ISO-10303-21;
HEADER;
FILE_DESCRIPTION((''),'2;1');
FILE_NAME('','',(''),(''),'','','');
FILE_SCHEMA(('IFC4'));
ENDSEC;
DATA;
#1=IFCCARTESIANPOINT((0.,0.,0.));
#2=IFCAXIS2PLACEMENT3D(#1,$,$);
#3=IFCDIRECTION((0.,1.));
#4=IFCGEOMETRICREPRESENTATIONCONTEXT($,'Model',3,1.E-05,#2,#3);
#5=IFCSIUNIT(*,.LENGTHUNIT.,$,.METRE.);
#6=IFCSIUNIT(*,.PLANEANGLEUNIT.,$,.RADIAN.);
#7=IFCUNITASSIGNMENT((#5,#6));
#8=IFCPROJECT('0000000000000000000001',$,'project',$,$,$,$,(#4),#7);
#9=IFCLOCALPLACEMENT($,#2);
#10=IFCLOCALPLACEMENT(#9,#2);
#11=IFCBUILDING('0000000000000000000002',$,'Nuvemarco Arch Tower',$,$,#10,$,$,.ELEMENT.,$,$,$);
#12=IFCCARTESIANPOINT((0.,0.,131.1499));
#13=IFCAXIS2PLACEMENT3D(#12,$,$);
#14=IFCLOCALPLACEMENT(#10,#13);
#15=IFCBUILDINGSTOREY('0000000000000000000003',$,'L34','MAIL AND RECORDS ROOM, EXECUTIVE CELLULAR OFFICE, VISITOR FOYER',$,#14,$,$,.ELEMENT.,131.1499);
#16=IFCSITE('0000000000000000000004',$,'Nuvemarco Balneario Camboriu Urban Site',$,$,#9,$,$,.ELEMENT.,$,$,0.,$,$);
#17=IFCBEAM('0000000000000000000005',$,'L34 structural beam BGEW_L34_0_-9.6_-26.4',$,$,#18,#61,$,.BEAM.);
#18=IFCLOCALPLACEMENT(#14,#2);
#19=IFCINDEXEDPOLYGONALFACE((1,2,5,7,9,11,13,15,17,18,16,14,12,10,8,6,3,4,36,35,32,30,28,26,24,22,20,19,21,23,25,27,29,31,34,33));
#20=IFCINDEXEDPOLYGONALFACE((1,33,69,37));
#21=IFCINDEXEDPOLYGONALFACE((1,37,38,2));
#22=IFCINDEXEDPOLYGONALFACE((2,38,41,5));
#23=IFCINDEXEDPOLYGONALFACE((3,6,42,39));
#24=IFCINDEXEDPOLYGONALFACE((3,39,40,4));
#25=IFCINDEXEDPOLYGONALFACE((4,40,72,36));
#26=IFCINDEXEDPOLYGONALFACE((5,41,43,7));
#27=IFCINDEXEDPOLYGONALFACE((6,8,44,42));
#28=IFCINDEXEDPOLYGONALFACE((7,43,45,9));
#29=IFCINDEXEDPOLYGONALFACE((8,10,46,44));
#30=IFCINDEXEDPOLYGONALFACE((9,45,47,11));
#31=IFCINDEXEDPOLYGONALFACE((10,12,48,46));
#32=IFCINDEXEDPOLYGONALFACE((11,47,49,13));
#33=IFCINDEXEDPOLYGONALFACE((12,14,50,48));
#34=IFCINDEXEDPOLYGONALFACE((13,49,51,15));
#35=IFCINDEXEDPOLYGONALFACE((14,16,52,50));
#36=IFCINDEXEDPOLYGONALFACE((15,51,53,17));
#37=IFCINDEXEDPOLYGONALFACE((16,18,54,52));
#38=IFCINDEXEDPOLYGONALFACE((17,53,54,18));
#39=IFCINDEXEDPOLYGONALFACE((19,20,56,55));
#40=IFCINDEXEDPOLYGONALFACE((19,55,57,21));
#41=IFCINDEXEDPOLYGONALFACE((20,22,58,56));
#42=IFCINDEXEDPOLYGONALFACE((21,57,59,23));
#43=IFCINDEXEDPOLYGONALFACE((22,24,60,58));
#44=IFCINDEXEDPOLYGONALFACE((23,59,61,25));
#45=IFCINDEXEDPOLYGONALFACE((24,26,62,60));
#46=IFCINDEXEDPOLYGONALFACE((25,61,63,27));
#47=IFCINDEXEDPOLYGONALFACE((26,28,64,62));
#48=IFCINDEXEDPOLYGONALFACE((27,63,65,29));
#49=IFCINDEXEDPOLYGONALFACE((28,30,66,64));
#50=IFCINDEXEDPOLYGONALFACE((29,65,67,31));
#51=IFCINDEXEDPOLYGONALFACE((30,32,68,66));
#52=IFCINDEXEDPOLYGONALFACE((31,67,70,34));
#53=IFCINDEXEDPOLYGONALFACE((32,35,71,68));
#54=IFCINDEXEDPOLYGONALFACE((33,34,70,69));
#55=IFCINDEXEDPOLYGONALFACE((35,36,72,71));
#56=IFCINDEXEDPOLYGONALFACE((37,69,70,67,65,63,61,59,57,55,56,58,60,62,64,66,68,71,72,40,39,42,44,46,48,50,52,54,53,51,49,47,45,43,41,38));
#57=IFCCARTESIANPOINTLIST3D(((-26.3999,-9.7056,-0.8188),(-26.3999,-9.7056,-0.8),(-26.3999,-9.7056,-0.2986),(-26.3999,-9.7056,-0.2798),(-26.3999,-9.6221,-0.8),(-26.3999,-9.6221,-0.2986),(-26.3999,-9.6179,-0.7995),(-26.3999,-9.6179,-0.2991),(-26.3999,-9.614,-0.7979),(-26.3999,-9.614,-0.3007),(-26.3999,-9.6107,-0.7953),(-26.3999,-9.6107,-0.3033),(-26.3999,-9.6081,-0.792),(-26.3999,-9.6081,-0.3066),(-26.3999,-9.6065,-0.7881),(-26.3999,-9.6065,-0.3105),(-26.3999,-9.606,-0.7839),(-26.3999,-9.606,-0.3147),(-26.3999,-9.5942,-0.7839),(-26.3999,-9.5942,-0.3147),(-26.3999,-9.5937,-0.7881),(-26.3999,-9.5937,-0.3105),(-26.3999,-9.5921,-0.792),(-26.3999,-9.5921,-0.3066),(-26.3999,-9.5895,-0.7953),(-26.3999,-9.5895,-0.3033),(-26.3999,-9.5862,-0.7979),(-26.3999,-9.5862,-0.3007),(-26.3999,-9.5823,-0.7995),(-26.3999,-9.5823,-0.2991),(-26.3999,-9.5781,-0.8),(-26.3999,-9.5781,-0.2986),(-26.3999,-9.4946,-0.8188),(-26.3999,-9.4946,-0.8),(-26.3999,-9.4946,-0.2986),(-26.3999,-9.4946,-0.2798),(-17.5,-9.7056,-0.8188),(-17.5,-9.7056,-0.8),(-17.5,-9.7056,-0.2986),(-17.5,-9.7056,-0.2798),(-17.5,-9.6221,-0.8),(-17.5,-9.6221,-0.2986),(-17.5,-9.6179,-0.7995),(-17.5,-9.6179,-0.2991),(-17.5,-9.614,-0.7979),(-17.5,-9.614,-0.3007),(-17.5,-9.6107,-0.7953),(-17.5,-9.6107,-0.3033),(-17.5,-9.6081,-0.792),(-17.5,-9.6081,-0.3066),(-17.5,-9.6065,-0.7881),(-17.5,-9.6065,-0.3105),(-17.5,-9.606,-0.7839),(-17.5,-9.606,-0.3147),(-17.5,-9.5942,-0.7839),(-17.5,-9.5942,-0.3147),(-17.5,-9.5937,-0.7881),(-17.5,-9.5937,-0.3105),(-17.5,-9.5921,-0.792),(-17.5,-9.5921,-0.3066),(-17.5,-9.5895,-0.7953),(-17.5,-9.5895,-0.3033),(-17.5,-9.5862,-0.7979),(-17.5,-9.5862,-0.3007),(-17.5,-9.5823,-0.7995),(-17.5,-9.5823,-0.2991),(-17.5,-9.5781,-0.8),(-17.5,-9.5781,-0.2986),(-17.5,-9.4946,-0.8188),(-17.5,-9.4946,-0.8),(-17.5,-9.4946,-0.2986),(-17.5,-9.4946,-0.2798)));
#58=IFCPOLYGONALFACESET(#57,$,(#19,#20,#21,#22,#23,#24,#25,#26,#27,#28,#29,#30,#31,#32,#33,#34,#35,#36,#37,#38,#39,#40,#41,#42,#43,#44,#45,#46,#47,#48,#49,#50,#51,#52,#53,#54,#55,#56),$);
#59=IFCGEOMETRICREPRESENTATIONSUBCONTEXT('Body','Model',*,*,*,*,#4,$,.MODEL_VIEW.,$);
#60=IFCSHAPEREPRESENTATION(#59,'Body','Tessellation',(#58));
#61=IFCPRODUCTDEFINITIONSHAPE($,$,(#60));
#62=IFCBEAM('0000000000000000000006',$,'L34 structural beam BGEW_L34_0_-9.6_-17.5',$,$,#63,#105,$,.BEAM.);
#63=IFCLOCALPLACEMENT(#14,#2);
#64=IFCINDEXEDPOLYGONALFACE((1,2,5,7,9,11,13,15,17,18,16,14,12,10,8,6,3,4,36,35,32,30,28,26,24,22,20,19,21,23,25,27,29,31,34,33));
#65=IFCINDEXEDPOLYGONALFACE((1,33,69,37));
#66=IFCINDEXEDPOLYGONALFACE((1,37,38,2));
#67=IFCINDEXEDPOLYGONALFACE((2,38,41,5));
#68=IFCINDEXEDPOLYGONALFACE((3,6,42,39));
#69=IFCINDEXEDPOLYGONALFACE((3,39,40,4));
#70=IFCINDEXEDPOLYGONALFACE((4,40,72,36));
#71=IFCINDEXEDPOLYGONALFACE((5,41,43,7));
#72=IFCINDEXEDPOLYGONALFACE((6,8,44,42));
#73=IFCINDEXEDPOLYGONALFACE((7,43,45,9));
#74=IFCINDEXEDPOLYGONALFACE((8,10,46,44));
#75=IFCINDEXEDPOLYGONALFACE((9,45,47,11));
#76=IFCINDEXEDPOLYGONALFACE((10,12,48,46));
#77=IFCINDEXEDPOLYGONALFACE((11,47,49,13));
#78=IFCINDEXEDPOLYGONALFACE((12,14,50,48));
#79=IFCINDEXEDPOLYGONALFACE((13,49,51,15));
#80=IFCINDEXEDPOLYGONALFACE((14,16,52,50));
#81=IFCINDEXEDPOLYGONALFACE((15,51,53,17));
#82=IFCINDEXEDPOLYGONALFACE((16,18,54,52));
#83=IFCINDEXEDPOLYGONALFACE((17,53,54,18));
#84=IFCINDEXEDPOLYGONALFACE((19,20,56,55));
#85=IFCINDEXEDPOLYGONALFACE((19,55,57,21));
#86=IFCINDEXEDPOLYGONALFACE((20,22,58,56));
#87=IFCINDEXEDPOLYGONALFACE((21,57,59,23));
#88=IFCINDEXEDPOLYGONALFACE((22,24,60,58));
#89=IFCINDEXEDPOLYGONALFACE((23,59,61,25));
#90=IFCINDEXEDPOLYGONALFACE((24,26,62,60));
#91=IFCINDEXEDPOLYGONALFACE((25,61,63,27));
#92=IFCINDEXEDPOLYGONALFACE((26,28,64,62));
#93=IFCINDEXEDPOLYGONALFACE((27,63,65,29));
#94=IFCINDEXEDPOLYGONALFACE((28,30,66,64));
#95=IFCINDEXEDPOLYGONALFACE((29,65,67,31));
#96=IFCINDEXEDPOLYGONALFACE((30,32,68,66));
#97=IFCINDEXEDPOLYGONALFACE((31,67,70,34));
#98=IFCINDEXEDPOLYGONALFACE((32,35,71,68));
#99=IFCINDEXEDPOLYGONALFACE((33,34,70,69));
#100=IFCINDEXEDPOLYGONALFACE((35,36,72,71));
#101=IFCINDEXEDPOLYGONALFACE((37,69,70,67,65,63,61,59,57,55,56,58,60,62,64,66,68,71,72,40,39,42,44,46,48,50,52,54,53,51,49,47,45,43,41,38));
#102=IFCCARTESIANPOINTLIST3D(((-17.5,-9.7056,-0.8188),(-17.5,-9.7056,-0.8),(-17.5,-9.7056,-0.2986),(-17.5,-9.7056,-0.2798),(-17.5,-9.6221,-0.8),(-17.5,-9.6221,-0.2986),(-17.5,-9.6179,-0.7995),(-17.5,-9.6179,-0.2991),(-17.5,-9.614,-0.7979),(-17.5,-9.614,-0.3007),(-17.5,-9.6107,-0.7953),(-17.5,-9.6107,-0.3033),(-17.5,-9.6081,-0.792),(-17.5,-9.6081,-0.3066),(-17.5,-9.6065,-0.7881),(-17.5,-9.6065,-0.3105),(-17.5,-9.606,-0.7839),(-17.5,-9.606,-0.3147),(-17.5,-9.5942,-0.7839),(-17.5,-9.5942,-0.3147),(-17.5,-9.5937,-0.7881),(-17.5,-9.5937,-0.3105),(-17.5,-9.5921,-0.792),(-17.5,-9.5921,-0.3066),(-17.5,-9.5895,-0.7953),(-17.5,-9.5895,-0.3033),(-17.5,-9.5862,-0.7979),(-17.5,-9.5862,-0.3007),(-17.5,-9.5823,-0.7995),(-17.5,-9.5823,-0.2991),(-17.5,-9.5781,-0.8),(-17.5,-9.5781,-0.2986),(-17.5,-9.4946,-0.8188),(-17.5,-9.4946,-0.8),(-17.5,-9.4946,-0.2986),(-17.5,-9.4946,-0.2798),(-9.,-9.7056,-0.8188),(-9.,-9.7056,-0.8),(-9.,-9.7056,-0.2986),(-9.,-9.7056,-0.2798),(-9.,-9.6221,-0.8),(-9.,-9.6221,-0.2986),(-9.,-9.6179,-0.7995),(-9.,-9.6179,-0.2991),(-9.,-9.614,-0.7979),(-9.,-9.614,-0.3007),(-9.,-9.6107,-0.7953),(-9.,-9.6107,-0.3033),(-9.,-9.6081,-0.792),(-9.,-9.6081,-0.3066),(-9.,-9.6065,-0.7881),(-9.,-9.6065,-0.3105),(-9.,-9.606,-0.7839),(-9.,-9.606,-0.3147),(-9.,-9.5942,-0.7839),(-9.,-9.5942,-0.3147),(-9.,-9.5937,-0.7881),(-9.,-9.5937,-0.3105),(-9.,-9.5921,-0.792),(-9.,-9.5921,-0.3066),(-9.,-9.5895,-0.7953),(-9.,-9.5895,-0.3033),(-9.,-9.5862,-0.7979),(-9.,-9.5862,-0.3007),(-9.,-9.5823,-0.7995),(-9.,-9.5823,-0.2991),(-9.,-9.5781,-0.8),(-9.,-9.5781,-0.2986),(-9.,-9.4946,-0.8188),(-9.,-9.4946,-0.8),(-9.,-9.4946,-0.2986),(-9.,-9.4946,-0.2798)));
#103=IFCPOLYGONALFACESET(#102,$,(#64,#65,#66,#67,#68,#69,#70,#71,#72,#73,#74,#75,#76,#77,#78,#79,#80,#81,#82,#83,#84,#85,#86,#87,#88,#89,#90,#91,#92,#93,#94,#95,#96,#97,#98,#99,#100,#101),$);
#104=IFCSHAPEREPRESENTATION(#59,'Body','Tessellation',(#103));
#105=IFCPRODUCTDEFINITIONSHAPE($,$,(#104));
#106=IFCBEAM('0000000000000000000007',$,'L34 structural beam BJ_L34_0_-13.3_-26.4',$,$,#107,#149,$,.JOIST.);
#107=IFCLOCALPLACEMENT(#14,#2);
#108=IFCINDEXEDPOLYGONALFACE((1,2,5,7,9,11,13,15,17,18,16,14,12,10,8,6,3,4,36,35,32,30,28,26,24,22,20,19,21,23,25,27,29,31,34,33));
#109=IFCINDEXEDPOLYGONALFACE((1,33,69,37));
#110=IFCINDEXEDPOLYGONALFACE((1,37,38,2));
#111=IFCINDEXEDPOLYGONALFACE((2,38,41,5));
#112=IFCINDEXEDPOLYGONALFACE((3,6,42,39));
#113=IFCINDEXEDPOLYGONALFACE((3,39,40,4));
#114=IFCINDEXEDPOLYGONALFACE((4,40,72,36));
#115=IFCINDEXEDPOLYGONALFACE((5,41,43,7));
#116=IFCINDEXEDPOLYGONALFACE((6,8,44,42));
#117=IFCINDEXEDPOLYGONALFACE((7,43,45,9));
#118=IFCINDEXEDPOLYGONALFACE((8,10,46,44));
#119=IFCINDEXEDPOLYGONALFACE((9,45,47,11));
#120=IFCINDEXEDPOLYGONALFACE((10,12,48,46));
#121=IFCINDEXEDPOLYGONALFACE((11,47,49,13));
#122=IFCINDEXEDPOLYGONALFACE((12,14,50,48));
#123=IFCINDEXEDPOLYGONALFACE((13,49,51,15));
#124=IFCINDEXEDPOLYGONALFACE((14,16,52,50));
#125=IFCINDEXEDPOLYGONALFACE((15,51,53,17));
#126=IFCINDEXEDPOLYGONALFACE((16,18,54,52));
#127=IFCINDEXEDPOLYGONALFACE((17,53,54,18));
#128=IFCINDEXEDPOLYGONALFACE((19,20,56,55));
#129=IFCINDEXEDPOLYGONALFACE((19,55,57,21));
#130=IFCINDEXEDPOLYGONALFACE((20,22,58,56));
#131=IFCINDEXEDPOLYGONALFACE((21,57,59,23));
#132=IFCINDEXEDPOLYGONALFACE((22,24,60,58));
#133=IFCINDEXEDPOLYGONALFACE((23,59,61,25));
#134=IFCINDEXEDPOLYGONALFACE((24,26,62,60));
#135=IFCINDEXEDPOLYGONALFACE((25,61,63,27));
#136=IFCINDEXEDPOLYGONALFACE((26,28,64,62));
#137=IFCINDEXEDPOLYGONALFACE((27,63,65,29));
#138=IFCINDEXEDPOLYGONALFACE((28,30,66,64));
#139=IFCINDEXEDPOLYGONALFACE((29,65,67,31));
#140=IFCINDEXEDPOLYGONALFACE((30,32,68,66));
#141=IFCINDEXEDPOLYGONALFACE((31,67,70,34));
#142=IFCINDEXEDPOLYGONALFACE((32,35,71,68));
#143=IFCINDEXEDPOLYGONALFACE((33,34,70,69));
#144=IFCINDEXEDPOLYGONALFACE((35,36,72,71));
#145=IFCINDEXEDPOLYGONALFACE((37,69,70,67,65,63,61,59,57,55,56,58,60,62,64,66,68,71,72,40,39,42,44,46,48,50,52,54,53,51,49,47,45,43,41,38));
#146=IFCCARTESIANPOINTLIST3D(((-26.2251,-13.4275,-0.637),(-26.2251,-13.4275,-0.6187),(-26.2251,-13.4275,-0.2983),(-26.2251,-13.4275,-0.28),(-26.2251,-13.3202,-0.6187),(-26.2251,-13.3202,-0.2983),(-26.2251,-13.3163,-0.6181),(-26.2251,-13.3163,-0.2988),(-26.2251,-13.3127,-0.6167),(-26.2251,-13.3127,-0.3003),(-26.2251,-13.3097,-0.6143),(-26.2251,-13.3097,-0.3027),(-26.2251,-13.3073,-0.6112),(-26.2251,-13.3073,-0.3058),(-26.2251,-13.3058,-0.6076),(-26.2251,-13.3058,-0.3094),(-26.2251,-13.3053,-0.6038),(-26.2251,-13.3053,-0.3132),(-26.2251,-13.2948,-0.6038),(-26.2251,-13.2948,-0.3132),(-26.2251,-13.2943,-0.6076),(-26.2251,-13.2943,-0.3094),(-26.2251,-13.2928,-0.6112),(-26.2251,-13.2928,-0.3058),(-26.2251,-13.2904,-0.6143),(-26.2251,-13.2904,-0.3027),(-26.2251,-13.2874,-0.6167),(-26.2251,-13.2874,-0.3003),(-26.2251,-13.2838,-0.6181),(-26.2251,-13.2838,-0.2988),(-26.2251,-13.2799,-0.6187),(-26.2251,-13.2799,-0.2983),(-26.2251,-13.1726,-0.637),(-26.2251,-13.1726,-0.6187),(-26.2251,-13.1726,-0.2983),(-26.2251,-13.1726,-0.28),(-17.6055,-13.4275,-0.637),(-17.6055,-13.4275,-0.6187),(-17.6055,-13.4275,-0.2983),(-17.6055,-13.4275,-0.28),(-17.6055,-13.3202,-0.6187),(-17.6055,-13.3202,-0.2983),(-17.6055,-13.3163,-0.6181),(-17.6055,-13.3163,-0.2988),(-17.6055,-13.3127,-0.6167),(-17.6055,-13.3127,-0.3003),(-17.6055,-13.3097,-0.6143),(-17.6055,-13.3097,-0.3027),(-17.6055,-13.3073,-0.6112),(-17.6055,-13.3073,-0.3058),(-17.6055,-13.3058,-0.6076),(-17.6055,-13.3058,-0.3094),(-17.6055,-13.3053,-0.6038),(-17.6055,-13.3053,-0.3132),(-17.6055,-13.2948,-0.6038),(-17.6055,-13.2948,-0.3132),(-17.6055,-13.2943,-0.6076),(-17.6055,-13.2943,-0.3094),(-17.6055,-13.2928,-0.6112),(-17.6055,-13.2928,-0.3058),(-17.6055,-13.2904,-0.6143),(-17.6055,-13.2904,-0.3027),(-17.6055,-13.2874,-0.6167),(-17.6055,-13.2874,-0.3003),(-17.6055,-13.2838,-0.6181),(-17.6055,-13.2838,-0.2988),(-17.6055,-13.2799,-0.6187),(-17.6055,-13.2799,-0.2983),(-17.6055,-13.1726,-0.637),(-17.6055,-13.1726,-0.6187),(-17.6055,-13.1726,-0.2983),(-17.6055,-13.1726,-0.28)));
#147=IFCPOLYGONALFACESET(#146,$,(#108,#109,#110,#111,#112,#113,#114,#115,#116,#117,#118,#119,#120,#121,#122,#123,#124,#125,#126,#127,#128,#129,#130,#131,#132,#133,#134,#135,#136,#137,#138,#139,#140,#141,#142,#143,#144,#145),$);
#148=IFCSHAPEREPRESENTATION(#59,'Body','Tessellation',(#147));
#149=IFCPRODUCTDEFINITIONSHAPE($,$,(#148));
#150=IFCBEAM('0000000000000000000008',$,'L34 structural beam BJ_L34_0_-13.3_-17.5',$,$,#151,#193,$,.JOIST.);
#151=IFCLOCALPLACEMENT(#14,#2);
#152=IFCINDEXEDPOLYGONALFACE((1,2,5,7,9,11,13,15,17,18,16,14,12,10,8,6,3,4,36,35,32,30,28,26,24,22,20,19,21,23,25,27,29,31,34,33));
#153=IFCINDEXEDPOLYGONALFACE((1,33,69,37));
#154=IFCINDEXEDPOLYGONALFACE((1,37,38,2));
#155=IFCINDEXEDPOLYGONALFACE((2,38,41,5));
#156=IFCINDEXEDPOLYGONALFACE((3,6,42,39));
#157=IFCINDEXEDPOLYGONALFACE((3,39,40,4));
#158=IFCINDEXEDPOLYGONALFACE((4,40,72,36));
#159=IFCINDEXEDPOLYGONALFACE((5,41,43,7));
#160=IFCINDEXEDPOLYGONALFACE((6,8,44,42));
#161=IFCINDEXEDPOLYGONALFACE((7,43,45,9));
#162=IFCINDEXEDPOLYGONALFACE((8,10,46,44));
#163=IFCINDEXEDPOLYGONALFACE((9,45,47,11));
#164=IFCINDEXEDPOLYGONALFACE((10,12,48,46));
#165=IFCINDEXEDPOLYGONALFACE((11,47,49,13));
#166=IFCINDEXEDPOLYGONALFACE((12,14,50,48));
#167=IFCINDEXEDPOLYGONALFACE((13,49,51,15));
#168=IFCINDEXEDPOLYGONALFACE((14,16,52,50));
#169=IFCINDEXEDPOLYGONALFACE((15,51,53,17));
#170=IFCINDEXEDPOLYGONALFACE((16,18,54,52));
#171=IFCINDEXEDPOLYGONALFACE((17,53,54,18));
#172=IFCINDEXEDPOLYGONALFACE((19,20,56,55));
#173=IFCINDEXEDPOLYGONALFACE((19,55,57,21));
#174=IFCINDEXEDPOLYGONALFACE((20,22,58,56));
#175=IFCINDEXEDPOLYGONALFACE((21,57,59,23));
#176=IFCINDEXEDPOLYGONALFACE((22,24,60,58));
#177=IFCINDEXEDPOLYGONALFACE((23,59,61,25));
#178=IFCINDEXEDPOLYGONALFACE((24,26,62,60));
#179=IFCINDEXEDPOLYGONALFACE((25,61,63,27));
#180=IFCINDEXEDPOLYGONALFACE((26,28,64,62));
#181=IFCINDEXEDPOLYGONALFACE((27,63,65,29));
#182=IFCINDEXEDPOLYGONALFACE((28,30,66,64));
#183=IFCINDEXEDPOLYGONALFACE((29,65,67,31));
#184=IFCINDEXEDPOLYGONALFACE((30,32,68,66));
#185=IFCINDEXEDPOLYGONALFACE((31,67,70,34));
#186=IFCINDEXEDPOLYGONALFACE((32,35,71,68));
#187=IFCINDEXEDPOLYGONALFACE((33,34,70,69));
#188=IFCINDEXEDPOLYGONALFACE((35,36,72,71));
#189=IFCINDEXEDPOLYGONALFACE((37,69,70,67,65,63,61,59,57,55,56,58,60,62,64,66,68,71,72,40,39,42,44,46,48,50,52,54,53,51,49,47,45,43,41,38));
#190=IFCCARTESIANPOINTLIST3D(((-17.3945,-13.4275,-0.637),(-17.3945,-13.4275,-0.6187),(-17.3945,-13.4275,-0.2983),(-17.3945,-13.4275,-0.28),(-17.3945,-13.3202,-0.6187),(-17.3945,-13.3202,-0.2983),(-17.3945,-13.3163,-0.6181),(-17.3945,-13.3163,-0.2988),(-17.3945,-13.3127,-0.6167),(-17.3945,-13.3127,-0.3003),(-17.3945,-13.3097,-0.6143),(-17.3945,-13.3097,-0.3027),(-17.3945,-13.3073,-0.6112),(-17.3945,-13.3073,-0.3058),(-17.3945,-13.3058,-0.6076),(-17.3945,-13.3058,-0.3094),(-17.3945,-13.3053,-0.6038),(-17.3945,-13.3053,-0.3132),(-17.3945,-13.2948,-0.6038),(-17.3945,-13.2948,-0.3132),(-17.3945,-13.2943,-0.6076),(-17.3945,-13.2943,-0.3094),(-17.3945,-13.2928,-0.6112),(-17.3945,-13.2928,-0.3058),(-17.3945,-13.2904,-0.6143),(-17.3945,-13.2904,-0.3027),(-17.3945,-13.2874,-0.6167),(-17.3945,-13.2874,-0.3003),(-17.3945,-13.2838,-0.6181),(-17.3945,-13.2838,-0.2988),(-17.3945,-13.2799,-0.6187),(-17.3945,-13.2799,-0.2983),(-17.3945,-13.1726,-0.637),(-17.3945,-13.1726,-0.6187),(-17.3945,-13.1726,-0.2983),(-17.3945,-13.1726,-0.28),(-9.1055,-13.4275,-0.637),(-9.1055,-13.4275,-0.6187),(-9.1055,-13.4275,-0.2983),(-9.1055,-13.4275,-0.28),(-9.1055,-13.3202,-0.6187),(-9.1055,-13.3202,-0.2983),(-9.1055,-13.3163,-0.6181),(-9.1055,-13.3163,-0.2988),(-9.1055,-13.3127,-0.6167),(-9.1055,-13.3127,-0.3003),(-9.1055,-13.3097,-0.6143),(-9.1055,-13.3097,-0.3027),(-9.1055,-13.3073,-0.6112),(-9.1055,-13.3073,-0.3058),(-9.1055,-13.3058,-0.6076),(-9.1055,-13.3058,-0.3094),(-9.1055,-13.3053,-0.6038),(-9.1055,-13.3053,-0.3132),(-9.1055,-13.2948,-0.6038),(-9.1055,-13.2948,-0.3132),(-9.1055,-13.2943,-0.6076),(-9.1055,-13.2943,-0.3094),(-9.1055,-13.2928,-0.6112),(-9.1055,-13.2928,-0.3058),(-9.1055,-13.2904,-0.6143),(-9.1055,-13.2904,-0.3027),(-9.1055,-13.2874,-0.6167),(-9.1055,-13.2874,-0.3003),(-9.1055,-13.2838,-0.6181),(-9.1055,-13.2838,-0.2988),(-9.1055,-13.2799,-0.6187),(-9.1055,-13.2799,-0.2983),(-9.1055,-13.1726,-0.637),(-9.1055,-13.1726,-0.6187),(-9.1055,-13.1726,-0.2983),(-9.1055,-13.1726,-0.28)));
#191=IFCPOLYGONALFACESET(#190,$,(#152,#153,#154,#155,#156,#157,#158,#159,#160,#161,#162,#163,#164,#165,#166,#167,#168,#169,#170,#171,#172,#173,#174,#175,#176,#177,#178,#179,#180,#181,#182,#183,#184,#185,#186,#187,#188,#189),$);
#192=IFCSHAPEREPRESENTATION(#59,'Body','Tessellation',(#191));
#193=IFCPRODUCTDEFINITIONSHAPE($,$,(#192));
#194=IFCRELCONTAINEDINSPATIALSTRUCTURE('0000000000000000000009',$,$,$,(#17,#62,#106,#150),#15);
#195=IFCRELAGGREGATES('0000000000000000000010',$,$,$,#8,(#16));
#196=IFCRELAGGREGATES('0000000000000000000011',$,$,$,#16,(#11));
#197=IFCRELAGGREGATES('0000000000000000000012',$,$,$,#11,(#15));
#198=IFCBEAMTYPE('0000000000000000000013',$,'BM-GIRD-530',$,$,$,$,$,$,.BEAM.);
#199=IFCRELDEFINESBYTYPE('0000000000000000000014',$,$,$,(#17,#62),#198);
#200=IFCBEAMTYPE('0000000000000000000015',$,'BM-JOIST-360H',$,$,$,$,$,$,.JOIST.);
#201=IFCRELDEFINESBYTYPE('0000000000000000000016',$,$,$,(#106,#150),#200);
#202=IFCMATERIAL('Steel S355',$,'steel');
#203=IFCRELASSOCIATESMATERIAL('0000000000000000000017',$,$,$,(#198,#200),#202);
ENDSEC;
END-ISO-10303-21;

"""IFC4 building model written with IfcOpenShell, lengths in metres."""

from ifc_helpers import new_model, si_unit, direction, frame, origin, origin_2d, place, context, subcontext, project, spatial, i_section, extrude, material, material_profile, profile_set, type_object, element, save


model = new_model("IFC4")

# Units and contexts
model_context = context("Model", 3, precision=1e-05, world=origin(), true_north=direction((0.0, 1.0)))
body_context = subcontext(model_context, "Body", "Model", "MODEL_VIEW")
ifc_project = project(units=[si_unit("LENGTHUNIT", "METRE"), si_unit("PLANEANGLEUNIT", "RADIAN")], contexts=[model_context])

# Site, building, storey
site_placement = place(None, origin())
site = spatial("IfcSite", under=ifc_project, at=site_placement, Name="Nuvemarco Balneario Camboriu Urban Site", CompositionType="ELEMENT", RefElevation=0.0)
building_placement = place(site_placement, origin())
building = spatial("IfcBuilding", under=site, at=building_placement, Name="Nuvemarco Arch Tower", CompositionType="ELEMENT")
storey_placement = place(building_placement, frame((0.0, 0.0, 131.1499)))
storey = spatial("IfcBuildingStorey", under=building, at=storey_placement, Name="L34", Description="MAIL AND RECORDS ROOM, EXECUTIVE CELLULAR OFFICE, VISITOR FOYER", CompositionType="ELEMENT", Elevation=131.1499)

# Shared definitions
ifc_material_1 = material(Name="Steel S355", Category="steel")

# Beams
ifc_material_profile_1 = material_profile(ifc_material_1, i_section(OverallWidth=0.2109, OverallDepth=0.5391, WebThickness=0.0117, FlangeThickness=0.0188, FilletRadius=0.0161, at=origin_2d()), Name="W530x109")
ifc_profile_set_1 = profile_set([ifc_material_profile_1], Name="Steel S355")
beam_type_1 = type_object("IfcBeamType", Name="BM-GIRD-530", PredefinedType="BEAM", material=ifc_profile_set_1)
beam_1_placement = place(storey_placement, frame((-26.3999, -9.6001, -0.5493), z_axis=(1.0, 0.0, 0.0), x_axis=(0.0, 1.0, 0.0)))
element("IfcBeam", 1, at=beam_1_placement, inside=storey, type_object=beam_type_1, Name="L34 structural beam BGEW_L34_0_-9.6_-26.4", PredefinedType="BEAM", context=body_context, shape_type="SweptSolid", body=[
    extrude(i_section(OverallWidth=0.2109, OverallDepth=0.5391, WebThickness=0.0117, FlangeThickness=0.0188, FilletRadius=0.0161, at=origin_2d()), origin(), (0.0, 0.0, 1.0), 8.8999),
])
beam_2_placement = place(storey_placement, frame((-17.5, -9.6001, -0.5493), z_axis=(1.0, 0.0, 0.0), x_axis=(0.0, 1.0, 0.0)))
element("IfcBeam", 2, at=beam_2_placement, inside=storey, type_object=beam_type_1, Name="L34 structural beam BGEW_L34_0_-9.6_-17.5", PredefinedType="BEAM", context=body_context, shape_type="SweptSolid", body=[
    extrude(i_section(OverallWidth=0.2109, OverallDepth=0.5391, WebThickness=0.0117, FlangeThickness=0.0188, FilletRadius=0.0161, at=origin_2d()), origin(), (0.0, 0.0, 1.0), 8.5),
])
ifc_material_profile_2 = material_profile(ifc_material_1, i_section(OverallWidth=0.2549, OverallDepth=0.3569, WebThickness=0.0105, FlangeThickness=0.0183, FilletRadius=0.0149, at=origin_2d()), Name="W360x101")
ifc_profile_set_2 = profile_set([ifc_material_profile_2], Name="Steel S355")
beam_type_2 = type_object("IfcBeamType", Name="BM-JOIST-360H", PredefinedType="JOIST", material=ifc_profile_set_2)
beam_3_placement = place(storey_placement, frame((-26.2251, -13.3, -0.4585), z_axis=(1.0, 0.0, 0.0), x_axis=(0.0, 1.0, 0.0)))
element("IfcBeam", 3, at=beam_3_placement, inside=storey, type_object=beam_type_2, Name="L34 structural beam BJ_L34_0_-13.3_-26.4", PredefinedType="JOIST", context=body_context, shape_type="SweptSolid", body=[
    extrude(i_section(OverallWidth=0.2549, OverallDepth=0.3569, WebThickness=0.0105, FlangeThickness=0.0183, FilletRadius=0.0149, at=origin_2d()), origin(), (0.0, 0.0, 1.0), 8.6196),
])
beam_4_placement = place(storey_placement, frame((-17.3945, -13.3, -0.4585), z_axis=(1.0, 0.0, 0.0), x_axis=(0.0, 1.0, 0.0)))
element("IfcBeam", 4, at=beam_4_placement, inside=storey, type_object=beam_type_2, Name="L34 structural beam BJ_L34_0_-13.3_-17.5", PredefinedType="JOIST", context=body_context, shape_type="SweptSolid", body=[
    extrude(i_section(OverallWidth=0.2549, OverallDepth=0.3569, WebThickness=0.0105, FlangeThickness=0.0183, FilletRadius=0.0149, at=origin_2d()), origin(), (0.0, 0.0, 1.0), 8.2891),
])

save(model, "model.ifc")
